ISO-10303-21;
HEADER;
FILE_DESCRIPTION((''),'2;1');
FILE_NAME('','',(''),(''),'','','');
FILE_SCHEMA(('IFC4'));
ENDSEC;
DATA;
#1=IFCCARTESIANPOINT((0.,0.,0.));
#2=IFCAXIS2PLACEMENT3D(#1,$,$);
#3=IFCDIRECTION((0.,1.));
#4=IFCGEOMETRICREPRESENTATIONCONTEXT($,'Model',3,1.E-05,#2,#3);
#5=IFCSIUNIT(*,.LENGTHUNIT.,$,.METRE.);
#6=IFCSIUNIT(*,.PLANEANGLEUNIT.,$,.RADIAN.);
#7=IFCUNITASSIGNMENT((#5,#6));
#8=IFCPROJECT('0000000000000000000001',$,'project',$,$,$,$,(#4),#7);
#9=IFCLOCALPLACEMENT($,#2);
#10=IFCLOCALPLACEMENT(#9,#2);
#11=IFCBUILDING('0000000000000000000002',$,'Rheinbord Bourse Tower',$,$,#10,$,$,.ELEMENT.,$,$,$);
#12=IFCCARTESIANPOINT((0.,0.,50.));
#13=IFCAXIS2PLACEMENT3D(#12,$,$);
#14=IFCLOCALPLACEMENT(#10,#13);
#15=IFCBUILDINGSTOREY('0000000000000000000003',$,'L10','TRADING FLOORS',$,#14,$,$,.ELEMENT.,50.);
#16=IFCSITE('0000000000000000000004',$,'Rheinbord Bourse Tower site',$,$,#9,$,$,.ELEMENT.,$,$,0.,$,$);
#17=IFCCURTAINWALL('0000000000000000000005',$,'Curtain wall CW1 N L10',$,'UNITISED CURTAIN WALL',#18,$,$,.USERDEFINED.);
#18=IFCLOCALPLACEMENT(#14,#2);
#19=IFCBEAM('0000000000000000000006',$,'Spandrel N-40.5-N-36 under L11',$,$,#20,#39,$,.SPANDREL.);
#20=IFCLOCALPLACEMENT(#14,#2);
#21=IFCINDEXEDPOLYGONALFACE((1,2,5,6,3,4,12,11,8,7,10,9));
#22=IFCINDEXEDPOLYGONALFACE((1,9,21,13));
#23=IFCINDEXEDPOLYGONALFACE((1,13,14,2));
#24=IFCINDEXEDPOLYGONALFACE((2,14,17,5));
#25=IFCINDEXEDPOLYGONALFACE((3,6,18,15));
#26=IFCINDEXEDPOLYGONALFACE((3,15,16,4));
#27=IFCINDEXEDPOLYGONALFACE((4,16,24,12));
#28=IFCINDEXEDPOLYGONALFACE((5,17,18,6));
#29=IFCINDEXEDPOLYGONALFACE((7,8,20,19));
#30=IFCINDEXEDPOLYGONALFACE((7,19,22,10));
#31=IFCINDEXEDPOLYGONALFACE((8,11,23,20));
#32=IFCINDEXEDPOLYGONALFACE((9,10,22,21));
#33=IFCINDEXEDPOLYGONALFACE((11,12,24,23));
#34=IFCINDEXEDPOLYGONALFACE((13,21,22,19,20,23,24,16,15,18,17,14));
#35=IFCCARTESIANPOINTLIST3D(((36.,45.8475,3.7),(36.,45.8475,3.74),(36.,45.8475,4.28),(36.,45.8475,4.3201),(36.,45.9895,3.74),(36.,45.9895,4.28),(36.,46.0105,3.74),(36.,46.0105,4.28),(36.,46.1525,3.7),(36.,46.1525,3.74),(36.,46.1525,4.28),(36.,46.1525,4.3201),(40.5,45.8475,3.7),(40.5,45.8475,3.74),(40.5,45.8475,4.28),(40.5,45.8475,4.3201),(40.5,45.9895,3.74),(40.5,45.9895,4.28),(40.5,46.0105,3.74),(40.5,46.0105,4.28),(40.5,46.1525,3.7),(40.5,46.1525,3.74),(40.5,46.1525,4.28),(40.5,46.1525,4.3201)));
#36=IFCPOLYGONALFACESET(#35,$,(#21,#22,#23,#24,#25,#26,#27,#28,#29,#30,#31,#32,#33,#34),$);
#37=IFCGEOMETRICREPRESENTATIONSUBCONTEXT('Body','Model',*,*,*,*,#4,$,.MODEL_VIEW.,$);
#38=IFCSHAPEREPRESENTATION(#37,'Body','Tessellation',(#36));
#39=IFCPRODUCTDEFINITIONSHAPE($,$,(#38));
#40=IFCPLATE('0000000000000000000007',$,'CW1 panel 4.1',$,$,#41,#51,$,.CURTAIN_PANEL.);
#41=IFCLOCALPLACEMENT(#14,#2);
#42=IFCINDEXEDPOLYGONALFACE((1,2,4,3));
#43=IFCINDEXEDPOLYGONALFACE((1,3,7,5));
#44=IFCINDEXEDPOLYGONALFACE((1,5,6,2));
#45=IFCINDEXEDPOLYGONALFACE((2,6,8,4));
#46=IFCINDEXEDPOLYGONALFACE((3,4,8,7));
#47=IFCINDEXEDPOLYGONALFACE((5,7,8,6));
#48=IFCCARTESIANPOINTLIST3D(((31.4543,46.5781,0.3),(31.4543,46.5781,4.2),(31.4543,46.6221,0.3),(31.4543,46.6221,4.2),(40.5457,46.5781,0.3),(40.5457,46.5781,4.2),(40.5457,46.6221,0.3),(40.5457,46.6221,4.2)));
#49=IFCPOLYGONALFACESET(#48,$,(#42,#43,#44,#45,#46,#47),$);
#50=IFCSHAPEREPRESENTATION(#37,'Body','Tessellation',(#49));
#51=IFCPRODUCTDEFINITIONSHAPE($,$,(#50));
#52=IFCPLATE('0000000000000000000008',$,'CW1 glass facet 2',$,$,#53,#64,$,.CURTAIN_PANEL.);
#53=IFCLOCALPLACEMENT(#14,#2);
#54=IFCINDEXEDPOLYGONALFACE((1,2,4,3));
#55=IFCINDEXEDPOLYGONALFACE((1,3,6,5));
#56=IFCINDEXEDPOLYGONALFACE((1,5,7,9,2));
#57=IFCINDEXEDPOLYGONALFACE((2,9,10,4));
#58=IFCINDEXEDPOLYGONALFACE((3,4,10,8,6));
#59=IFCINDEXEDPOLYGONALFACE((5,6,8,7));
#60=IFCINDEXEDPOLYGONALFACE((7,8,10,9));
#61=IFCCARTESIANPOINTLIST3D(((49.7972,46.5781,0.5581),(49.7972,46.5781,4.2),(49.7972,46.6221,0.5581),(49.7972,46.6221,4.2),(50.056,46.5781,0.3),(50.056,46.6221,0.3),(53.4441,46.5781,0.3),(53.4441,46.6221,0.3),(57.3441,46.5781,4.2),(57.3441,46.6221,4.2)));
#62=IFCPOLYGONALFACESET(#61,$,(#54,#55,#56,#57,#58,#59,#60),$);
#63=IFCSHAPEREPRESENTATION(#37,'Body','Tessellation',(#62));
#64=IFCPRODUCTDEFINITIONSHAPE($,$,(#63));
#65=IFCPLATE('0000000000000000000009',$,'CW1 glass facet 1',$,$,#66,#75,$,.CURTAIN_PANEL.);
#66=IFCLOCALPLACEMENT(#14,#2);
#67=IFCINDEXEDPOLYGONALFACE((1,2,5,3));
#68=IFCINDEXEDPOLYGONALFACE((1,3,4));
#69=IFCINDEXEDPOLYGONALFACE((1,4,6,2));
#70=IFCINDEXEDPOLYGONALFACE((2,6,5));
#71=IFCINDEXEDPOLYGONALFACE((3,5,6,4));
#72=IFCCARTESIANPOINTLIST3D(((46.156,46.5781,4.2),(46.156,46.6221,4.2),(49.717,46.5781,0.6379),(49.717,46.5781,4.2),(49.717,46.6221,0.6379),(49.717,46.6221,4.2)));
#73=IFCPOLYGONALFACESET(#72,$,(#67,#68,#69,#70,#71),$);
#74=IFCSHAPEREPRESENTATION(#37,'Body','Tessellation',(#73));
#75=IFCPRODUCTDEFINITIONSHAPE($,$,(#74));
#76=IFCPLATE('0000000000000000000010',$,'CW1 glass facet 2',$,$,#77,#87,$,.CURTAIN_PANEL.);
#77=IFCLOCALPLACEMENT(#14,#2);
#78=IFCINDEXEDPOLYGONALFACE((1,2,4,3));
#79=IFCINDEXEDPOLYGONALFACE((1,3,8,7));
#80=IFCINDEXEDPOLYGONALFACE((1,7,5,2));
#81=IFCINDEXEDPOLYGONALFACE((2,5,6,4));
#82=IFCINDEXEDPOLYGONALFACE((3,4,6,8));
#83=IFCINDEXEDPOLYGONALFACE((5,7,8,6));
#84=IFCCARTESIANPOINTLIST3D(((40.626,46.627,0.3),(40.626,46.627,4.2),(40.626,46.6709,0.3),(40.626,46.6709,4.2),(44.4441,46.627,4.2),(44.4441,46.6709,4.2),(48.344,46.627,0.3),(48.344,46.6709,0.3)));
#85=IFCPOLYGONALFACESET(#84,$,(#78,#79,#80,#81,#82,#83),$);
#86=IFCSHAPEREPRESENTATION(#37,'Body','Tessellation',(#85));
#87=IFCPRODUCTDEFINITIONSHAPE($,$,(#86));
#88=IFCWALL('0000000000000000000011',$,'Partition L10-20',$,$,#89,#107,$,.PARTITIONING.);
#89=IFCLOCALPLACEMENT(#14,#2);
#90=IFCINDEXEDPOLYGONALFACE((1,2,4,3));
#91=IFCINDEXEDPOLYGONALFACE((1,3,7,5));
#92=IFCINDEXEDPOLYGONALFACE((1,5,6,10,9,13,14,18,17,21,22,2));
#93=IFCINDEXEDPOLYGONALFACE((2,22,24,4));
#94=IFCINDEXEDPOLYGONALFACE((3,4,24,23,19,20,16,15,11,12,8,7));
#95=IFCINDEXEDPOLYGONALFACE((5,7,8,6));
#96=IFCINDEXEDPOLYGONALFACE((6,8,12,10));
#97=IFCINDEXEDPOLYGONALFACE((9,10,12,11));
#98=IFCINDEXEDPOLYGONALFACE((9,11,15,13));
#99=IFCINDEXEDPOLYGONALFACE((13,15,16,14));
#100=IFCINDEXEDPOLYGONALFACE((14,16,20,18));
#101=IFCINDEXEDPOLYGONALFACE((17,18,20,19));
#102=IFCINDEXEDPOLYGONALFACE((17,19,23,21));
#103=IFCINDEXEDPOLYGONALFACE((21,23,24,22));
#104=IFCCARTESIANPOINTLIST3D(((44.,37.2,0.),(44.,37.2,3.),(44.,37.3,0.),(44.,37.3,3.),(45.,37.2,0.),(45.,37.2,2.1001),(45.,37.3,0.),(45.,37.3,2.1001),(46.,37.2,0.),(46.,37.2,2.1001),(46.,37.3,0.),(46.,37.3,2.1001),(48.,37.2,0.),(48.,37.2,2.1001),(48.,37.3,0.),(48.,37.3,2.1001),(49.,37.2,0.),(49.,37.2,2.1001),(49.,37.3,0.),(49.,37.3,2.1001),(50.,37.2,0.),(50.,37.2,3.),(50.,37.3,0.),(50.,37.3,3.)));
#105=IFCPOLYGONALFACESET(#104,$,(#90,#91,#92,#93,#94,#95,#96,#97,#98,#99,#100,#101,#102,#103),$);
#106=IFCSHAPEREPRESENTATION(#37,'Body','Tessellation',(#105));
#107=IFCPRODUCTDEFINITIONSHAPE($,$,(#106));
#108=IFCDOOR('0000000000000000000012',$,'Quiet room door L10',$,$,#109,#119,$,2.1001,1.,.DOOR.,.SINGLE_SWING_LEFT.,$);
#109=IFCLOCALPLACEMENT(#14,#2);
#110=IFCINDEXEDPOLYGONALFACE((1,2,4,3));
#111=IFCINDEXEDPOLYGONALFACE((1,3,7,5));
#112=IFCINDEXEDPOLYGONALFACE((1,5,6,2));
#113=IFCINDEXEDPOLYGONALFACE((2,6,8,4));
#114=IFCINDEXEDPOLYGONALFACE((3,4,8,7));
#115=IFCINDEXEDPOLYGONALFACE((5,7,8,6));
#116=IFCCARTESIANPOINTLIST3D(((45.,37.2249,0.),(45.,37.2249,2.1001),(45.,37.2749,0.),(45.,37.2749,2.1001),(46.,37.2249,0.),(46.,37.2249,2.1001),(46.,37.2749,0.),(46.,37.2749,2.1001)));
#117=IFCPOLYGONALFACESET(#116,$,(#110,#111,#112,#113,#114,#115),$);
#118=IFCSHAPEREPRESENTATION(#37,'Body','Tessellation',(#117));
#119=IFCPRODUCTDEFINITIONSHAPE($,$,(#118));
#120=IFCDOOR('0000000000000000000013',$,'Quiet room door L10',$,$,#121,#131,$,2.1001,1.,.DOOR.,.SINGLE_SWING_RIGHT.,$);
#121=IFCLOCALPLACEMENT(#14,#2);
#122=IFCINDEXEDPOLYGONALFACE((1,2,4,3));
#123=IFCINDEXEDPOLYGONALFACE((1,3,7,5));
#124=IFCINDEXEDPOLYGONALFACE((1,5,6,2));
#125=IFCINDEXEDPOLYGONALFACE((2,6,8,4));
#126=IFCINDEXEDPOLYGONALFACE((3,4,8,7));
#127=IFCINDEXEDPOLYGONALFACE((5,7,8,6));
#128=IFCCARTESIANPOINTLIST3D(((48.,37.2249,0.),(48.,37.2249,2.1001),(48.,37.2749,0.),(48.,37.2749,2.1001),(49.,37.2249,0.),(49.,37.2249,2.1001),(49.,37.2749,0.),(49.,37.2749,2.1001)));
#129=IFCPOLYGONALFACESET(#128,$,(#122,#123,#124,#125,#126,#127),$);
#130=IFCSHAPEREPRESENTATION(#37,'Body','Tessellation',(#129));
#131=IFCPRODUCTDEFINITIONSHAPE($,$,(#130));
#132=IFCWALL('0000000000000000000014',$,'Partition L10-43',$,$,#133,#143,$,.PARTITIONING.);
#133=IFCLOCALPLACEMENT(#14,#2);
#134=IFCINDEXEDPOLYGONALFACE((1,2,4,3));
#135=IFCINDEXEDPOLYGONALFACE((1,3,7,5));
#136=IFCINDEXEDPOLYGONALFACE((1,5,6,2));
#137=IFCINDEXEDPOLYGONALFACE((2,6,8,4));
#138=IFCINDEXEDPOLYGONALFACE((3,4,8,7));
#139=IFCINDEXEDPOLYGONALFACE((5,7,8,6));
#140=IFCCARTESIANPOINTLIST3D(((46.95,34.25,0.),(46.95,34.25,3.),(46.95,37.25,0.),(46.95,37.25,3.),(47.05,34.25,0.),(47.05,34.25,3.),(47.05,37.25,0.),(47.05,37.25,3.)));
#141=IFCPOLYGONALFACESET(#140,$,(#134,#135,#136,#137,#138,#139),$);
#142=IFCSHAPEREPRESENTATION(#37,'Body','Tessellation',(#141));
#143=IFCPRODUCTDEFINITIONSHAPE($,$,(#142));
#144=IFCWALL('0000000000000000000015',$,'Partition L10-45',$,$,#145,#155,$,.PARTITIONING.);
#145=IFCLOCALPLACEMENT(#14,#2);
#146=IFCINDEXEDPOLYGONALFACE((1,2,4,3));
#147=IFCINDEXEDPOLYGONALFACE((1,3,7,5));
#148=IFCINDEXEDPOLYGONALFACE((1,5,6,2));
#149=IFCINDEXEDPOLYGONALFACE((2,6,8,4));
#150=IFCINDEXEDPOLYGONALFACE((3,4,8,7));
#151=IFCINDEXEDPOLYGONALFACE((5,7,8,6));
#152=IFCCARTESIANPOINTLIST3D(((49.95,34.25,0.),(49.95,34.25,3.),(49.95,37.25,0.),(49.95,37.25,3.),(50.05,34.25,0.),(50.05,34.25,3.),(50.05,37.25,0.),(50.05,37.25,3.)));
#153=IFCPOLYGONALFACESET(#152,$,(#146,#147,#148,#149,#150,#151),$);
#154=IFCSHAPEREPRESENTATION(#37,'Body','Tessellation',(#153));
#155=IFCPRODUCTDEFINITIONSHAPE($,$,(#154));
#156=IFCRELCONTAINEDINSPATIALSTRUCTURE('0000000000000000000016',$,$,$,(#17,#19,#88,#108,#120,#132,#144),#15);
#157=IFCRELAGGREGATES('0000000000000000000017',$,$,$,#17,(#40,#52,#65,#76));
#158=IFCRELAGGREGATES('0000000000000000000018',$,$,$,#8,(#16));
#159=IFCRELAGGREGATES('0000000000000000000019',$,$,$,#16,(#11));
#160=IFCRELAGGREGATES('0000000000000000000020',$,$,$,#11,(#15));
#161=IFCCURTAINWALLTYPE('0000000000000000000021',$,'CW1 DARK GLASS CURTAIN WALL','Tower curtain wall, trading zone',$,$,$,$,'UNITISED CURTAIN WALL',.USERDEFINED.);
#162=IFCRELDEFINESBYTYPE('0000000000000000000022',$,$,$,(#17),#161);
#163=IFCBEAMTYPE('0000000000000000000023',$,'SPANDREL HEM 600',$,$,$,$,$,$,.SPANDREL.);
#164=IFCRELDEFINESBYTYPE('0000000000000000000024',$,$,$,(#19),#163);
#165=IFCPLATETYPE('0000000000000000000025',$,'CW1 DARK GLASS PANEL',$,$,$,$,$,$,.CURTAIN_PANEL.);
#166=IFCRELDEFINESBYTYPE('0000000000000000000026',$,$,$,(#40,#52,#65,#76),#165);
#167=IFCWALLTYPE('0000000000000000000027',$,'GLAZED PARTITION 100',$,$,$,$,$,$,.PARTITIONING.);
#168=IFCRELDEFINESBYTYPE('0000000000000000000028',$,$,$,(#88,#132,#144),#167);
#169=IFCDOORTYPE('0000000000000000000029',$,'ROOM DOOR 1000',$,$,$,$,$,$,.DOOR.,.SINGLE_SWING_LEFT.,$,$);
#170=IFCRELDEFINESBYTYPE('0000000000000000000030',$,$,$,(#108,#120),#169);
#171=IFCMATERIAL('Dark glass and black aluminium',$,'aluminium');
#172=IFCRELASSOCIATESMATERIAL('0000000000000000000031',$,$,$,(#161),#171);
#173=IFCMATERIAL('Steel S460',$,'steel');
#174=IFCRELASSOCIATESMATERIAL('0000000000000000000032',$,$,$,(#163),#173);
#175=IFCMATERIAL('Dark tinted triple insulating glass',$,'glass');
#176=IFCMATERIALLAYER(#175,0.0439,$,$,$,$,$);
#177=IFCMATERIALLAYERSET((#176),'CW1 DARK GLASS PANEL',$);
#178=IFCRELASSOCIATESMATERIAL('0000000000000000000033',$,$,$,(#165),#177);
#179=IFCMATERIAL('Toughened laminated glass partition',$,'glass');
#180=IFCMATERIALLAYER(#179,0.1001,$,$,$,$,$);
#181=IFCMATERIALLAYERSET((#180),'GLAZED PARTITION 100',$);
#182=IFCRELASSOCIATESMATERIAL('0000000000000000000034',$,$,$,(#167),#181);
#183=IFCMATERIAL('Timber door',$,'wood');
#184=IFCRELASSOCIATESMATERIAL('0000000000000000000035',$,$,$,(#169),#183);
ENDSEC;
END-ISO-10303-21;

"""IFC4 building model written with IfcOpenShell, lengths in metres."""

from ifc_helpers import new_model, si_unit, direction, frame, frame_2d, origin, origin_2d, place, context, subcontext, project, spatial, polyline, rectangle, i_section, outline, extrude, material, layer, layer_set, material_profile, profile_set, type_object, element, fill, aggregate, save


model = new_model("IFC4")

# Units and contexts
model_context = context("Model", 3, precision=1e-05, world=origin(), true_north=direction((0.0, 1.0)))
body_context = subcontext(model_context, "Body", "Model", "MODEL_VIEW")
ifc_project = project(units=[si_unit("LENGTHUNIT", "METRE"), si_unit("PLANEANGLEUNIT", "RADIAN")], contexts=[model_context])

# Site, building, storey
site_placement = place(None, origin())
site = spatial("IfcSite", under=ifc_project, at=site_placement, Name="Rheinbord Bourse Tower site", CompositionType="ELEMENT", RefElevation=0.0)
building_placement = place(site_placement, origin())
building = spatial("IfcBuilding", under=site, at=building_placement, Name="Rheinbord Bourse Tower", CompositionType="ELEMENT")
storey_placement = place(building_placement, frame((0.0, 0.0, 50.0)))
storey = spatial("IfcBuildingStorey", under=building, at=storey_placement, Name="L10", Description="TRADING FLOORS", CompositionType="ELEMENT", Elevation=50.0)

# Curtain wall
ifc_material_1 = material(Name="Dark glass and black aluminium", Category="aluminium")
curtain_wall_type = type_object("IfcCurtainWallType", Name="CW1 DARK GLASS CURTAIN WALL", Description="Tower curtain wall, trading zone", ElementType="UNITISED CURTAIN WALL", PredefinedType="USERDEFINED", material=ifc_material_1)
curtain_wall_placement = place(storey_placement, origin())
curtain_wall = element("IfcCurtainWall", 1, at=curtain_wall_placement, inside=storey, type_object=curtain_wall_type, Name="Curtain wall CW1 N L10", ObjectType="UNITISED CURTAIN WALL", PredefinedType="USERDEFINED")

# Beam
ifc_material_2 = material(Name="Steel S460", Category="steel")
ifc_material_profile_1 = material_profile(ifc_material_2, i_section(OverallWidth=0.3049, OverallDepth=0.6201, WebThickness=0.021, FlangeThickness=0.04, at=origin_2d()), Name="HEM 600")
ifc_profile_set_1 = profile_set([ifc_material_profile_1], Name="Steel S460")
beam_type_1 = type_object("IfcBeamType", Name="SPANDREL HEM 600", PredefinedType="SPANDREL", material=ifc_profile_set_1)
for number, where, z_axis, x_axis, name in (
    (2, (40.5, 46.0, 4.01), (-1.0, 0.0, 0.0), (0.0, -1.0, 0.0), "Spandrel N-40.5-N-36 under L11"),
):
    element("IfcBeam", number, at=place(storey_placement, frame(where, z_axis=z_axis, x_axis=x_axis)), inside=storey, type_object=beam_type_1, Name=name, PredefinedType="SPANDREL", context=body_context, shape_type="SweptSolid", body=[
        extrude(i_section(OverallWidth=0.3049, OverallDepth=0.6201, WebThickness=0.021, FlangeThickness=0.04, at=origin_2d()), origin(), (0.0, 0.0, 1.0), 4.5),
    ])

# Plates
ifc_material_3 = material(Name="Dark tinted triple insulating glass", Category="glass")
ifc_layer_1 = layer(ifc_material_3, 0.0439)
ifc_layer_set_1 = layer_set([ifc_layer_1], Name="CW1 DARK GLASS PANEL")
plate_type = type_object("IfcPlateType", Name="CW1 DARK GLASS PANEL", PredefinedType="CURTAIN_PANEL", material=ifc_layer_set_1)
plate_1_placement = place(storey_placement, frame((36.0, 46.6001, 0.3), z_axis=(0.0, 0.0, 1.0), x_axis=(-1.0, 0.0, 0.0)))
plate_1 = element("IfcPlate", 3, at=plate_1_placement, type_object=plate_type, Name="CW1 panel 4.1", PredefinedType="CURTAIN_PANEL", context=body_context, shape_type="SweptSolid", body=[
    extrude(rectangle(XDim=9.0913, YDim=0.0439, at=origin_2d()), origin(), (0.0, 0.0, 1.0), 3.8999),
])
plate_2_placement = place(storey_placement, frame((53.4441, 46.6221, 0.3), z_axis=(0.0, -1.0, 0.0), x_axis=(0.707107, 0.0, 0.707107)))
plate_2 = element("IfcPlate", 4, at=plate_2_placement, type_object=plate_type, Name="CW1 glass facet 2", PredefinedType="CURTAIN_PANEL", context=body_context, shape_type="SweptSolid", body=[
    extrude(outline(polyline([(0.0, 0.0), (5.5154, 0.0), (0.179, 5.3364), (-2.3962, 2.7612), (-2.3958, 2.3958), (0.0, 0.0)])), origin(), (0.0, 0.0, 1.0), 0.0439),
])
plate_3_placement = place(storey_placement, frame((49.717, 46.6221, 4.2), z_axis=(0.0, -1.0, 0.0), x_axis=(-1.0, 0.0, 0.0)))
plate_3 = element("IfcPlate", 5, at=plate_3_placement, type_object=plate_type, Name="CW1 glass facet 1", PredefinedType="CURTAIN_PANEL", context=body_context, shape_type="SweptSolid", body=[
    extrude(outline(polyline([(0.0, 0.0), (3.561, 0.0), (0.0, 3.562), (0.0, 0.0)])), origin(), (0.0, 0.0, 1.0), 0.0439),
])
plate_4_placement = place(storey_placement, frame((40.626, 46.6709, 4.2), z_axis=(0.0, -1.0, 0.0), x_axis=(0.0, 0.0, -1.0)))
plate_4 = element("IfcPlate", 6, at=plate_4_placement, type_object=plate_type, Name="CW1 glass facet 2", PredefinedType="CURTAIN_PANEL", context=body_context, shape_type="SweptSolid", body=[
    extrude(outline(polyline([(0.0, 0.0), (3.8999, 0.0), (3.8999, 7.718), (0.0, 3.8181), (0.0, 0.0)])), origin(), (0.0, 0.0, 1.0), 0.0439),
])
aggregate(curtain_wall, [plate_1, plate_2, plate_3, plate_4])

# Wall, openings, doors
ifc_material_4 = material(Name="Toughened laminated glass partition", Category="glass")
ifc_layer_2 = layer(ifc_material_4, 0.1001)
ifc_layer_set_2 = layer_set([ifc_layer_2], Name="GLAZED PARTITION 100")
wall_type = type_object("IfcWallType", Name="GLAZED PARTITION 100", PredefinedType="PARTITIONING", material=ifc_layer_set_2)
wall_placement = place(storey_placement, frame((44.0, 37.25, 0.0), z_axis=(0.0, 0.0, 1.0), x_axis=(1.0, 0.0, 0.0)))
wall = element("IfcWall", 7, at=wall_placement, inside=storey, type_object=wall_type, Name="Partition L10-20", PredefinedType="PARTITIONING", context=body_context, shape_type="SweptSolid", body=[
    extrude(rectangle(XDim=6.0, YDim=0.1001, at=frame_2d((3.0, 0.0))), origin(), (0.0, 0.0, 1.0), 3.0),
])
opening_1_placement = place(wall_placement, frame((1.0, 0.0, 0.0)))
opening_1 = element("IfcOpeningElement", 8, at=opening_1_placement, cuts=wall, PredefinedType="OPENING", context=body_context, shape_type="SweptSolid", body=[
    extrude(rectangle(XDim=1.0, YDim=2.1001, at=frame_2d((0.5, 1.05))), frame((0.0, 0.0601, 0.0), z_axis=(0.0, -1.0, 0.0), x_axis=(1.0, 0.0, 0.0)), (0.0, 0.0, 1.0), 0.1201),
])
opening_2_placement = place(wall_placement, frame((4.0, 0.0, 0.0)))
opening_2 = element("IfcOpeningElement", 9, at=opening_2_placement, cuts=wall, PredefinedType="OPENING", context=body_context, shape_type="SweptSolid", body=[
    extrude(rectangle(XDim=1.0, YDim=2.1001, at=frame_2d((0.5, 1.05))), frame((0.0, 0.0601, 0.0), z_axis=(0.0, -1.0, 0.0), x_axis=(1.0, 0.0, 0.0)), (0.0, 0.0, 1.0), 0.1201),
])
ifc_material_5 = material(Name="Timber door", Category="wood")
door_type = type_object("IfcDoorType", Name="ROOM DOOR 1000", OperationType="SINGLE_SWING_LEFT", PredefinedType="DOOR", material=ifc_material_5)
door_1_placement = place(opening_1_placement, origin())
door_1 = element("IfcDoor", 10, at=door_1_placement, inside=storey, type_object=door_type, Name="Quiet room door L10", OperationType="SINGLE_SWING_LEFT", OverallHeight=2.1001, OverallWidth=1.0, PredefinedType="DOOR", context=body_context, shape_type="SweptSolid", body=[
    extrude(rectangle(XDim=1.0, YDim=2.1001, at=frame_2d((0.5, 1.05))), frame((0.0, 0.0249, 0.0), z_axis=(0.0, -1.0, 0.0), x_axis=(1.0, 0.0, 0.0)), (0.0, 0.0, 1.0), 0.05),
])
fill(opening_1, door_1)
door_2_placement = place(opening_2_placement, origin())
door_2 = element("IfcDoor", 11, at=door_2_placement, inside=storey, type_object=door_type, Name="Quiet room door L10", OperationType="SINGLE_SWING_RIGHT", OverallHeight=2.1001, OverallWidth=1.0, PredefinedType="DOOR", context=body_context, shape_type="SweptSolid", body=[
    extrude(rectangle(XDim=1.0, YDim=2.1001, at=frame_2d((0.5, 1.05))), frame((0.0, 0.0249, 0.0), z_axis=(0.0, -1.0, 0.0), x_axis=(1.0, 0.0, 0.0)), (0.0, 0.0, 1.0), 0.05),
])
fill(opening_2, door_2)

# Walls
for number, where, z_axis, x_axis, name in (
    (12, (47.0, 34.25, 0.0), (0.0, 0.0, 1.0), (0.0, 1.0, 0.0), "Partition L10-43"),
    (13, (50.0, 34.25, 0.0), (0.0, 0.0, 1.0), (0.0, 1.0, 0.0), "Partition L10-45"),
):
    element("IfcWall", number, at=place(storey_placement, frame(where, z_axis=z_axis, x_axis=x_axis)), inside=storey, type_object=wall_type, Name=name, PredefinedType="PARTITIONING", context=body_context, shape_type="SweptSolid", body=[
        extrude(rectangle(XDim=3.0, YDim=0.1001, at=frame_2d((1.5, 0.0))), origin(), (0.0, 0.0, 1.0), 3.0),
    ])

save(model, "model.ifc")
